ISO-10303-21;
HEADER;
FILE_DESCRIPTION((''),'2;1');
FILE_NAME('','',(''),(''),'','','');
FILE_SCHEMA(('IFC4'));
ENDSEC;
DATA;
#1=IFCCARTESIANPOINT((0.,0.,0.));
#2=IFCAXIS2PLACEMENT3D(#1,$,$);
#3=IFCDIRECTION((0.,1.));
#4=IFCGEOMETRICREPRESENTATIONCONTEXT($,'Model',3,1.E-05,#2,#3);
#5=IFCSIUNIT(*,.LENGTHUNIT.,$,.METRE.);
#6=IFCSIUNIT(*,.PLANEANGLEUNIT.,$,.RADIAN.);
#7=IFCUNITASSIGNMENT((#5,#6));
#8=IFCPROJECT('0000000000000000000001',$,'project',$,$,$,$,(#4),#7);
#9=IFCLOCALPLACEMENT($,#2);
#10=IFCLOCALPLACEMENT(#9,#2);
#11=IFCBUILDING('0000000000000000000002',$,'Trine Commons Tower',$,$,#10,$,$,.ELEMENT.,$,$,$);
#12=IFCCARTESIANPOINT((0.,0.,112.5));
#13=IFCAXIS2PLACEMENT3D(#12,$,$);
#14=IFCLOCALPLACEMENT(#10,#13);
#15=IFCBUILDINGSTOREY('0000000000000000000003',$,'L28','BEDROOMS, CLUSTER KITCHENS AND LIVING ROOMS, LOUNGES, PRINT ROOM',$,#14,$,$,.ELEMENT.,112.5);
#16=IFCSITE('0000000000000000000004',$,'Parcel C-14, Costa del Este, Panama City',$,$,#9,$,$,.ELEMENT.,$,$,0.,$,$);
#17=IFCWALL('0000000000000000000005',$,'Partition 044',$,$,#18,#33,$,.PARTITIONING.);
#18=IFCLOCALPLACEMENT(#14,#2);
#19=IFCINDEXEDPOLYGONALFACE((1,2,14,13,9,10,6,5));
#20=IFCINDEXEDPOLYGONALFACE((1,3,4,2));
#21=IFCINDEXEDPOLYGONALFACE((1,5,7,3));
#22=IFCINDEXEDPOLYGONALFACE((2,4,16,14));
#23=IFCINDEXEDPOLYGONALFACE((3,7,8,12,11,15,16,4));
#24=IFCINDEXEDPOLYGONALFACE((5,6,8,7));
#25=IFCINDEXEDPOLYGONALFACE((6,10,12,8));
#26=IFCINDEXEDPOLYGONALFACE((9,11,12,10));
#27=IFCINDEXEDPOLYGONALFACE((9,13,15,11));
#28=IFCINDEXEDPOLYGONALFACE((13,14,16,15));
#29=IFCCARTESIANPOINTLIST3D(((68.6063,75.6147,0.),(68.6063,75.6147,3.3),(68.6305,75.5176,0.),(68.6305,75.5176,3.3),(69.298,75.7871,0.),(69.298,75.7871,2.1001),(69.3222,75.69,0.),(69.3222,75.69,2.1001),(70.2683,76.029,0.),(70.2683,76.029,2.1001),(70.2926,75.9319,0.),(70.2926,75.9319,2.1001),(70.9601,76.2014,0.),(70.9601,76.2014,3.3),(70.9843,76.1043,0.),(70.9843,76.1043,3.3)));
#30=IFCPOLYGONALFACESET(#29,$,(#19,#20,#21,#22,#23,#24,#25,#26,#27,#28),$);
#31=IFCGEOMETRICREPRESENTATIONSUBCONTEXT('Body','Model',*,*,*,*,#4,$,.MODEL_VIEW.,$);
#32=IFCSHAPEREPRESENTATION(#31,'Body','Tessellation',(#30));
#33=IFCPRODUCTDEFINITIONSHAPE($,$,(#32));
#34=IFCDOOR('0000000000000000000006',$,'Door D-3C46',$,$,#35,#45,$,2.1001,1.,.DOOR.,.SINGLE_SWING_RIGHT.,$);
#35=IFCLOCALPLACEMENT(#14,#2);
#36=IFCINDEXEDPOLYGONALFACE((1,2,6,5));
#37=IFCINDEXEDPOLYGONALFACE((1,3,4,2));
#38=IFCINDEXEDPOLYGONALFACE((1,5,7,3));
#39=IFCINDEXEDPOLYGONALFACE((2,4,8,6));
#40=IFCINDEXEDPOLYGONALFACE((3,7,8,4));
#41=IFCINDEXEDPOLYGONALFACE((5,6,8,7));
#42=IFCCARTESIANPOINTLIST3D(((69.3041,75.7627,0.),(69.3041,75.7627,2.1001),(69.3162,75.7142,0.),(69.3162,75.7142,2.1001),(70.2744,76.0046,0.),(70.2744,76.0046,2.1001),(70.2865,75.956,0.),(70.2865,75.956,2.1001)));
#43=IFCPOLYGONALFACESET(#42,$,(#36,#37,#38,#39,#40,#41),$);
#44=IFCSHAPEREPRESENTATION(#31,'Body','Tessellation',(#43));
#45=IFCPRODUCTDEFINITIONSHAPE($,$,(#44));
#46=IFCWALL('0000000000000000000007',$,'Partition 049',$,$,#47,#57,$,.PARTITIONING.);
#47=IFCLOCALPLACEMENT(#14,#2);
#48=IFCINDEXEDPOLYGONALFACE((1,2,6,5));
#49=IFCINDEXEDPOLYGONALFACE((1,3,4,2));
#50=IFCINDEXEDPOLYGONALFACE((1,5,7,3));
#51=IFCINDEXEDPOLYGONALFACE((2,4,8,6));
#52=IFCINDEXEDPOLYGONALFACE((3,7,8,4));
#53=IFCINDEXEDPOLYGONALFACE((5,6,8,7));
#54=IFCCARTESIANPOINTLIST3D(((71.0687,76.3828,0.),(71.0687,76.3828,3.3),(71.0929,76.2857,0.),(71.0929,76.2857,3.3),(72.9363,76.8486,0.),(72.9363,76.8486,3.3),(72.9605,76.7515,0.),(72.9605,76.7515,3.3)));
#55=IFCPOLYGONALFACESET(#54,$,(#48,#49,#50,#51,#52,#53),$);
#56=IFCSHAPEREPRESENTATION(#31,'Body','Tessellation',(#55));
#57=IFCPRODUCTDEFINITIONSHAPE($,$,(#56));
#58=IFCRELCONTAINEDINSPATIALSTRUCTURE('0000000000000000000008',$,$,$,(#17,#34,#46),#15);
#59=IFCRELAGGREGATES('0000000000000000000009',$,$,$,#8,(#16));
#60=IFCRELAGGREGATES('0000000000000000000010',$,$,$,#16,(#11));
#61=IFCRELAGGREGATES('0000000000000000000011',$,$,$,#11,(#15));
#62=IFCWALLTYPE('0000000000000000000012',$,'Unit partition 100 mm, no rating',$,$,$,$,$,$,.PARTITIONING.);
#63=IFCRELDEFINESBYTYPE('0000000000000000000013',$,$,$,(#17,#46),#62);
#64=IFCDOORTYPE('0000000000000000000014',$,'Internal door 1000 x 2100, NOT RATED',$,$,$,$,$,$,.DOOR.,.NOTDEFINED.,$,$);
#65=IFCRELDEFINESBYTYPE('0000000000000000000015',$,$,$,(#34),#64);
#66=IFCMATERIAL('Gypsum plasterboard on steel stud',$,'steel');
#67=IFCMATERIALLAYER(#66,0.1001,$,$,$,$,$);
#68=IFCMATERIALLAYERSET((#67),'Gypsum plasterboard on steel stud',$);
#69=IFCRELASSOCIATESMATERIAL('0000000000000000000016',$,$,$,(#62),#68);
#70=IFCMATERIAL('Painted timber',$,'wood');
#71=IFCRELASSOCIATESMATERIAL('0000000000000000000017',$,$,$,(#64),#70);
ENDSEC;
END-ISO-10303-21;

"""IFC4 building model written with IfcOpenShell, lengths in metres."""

from ifc_helpers import new_model, si_unit, direction, frame, frame_2d, origin, place, context, subcontext, project, spatial, rectangle, extrude, material, layer, layer_set, type_object, element, fill, save


model = new_model("IFC4")

# Units and contexts
model_context = context("Model", 3, precision=1e-05, world=origin(), true_north=direction((0.0, 1.0)))
body_context = subcontext(model_context, "Body", "Model", "MODEL_VIEW")
ifc_project = project(units=[si_unit("LENGTHUNIT", "METRE"), si_unit("PLANEANGLEUNIT", "RADIAN")], contexts=[model_context])

# Site, building, storey
site_placement = place(None, origin())
site = spatial("IfcSite", under=ifc_project, at=site_placement, Name="Parcel C-14, Costa del Este, Panama City", CompositionType="ELEMENT", RefElevation=0.0)
building_placement = place(site_placement, origin())
building = spatial("IfcBuilding", under=site, at=building_placement, Name="Trine Commons Tower", CompositionType="ELEMENT")
storey_placement = place(building_placement, frame((0.0, 0.0, 112.5)))
storey = spatial("IfcBuildingStorey", under=building, at=storey_placement, Name="L28", Description="BEDROOMS, CLUSTER KITCHENS AND LIVING ROOMS, LOUNGES, PRINT ROOM", CompositionType="ELEMENT", Elevation=112.5)

# Shared definitions
ifc_material_1 = material(Name="Gypsum plasterboard on steel stud", Category="steel")

# Shared definitions
ifc_layer_1 = layer(ifc_material_1, 0.1001)
ifc_layer_set_1 = layer_set([ifc_layer_1], Name="Gypsum plasterboard on steel stud")
wall_type_1 = type_object("IfcWallType", Name="Unit partition 100 mm, no rating", PredefinedType="PARTITIONING", material=ifc_layer_set_1)

# Wall, opening, door
wall_1_placement = place(storey_placement, frame((68.6184, 75.5662, 0.0), z_axis=(0.0, 0.0, 1.0), x_axis=(0.970314, 0.241849, 0.0)))
wall_1 = element("IfcWall", 1, at=wall_1_placement, inside=storey, type_object=wall_type_1, Name="Partition 044", PredefinedType="PARTITIONING", context=body_context, shape_type="SweptSolid", body=[
    extrude(rectangle(XDim=2.4258, YDim=0.1001, at=frame_2d((1.2129, 0.0))), origin(), (0.0, 0.0, 1.0), 3.3),
])
opening_1_placement = place(wall_1_placement, frame((0.7129, 0.0, 0.0)))
opening_1 = element("IfcOpeningElement", 2, at=opening_1_placement, cuts=wall_1, PredefinedType="OPENING", context=body_context, shape_type="SweptSolid", body=[
    extrude(rectangle(XDim=1.0, YDim=2.1001, at=frame_2d((0.5, 1.05))), frame((0.0, 0.0601, 0.0), z_axis=(0.0, -1.0, 0.0), x_axis=(1.0, 0.0, 0.0)), (0.0, 0.0, 1.0), 0.1201),
])
ifc_material_2 = material(Name="Painted timber", Category="wood")
door_type_1 = type_object("IfcDoorType", Name="Internal door 1000 x 2100, NOT RATED", OperationType="NOTDEFINED", PredefinedType="DOOR", material=ifc_material_2)
door_1_placement = place(opening_1_placement, origin())
door_1 = element("IfcDoor", 3, at=door_1_placement, inside=storey, type_object=door_type_1, Name="Door D-3C46", OperationType="SINGLE_SWING_RIGHT", OverallHeight=2.1001, OverallWidth=1.0, PredefinedType="DOOR", context=body_context, shape_type="SweptSolid", body=[
    extrude(rectangle(XDim=1.0, YDim=2.1001, at=frame_2d((0.5, 1.05))), frame((0.0, 0.0249, 0.0), z_axis=(0.0, -1.0, 0.0), x_axis=(1.0, 0.0, 0.0)), (0.0, 0.0, 1.0), 0.05),
])
fill(opening_1, door_1)

# Wall
wall_2_placement = place(storey_placement, frame((71.0808, 76.3342, 0.0), z_axis=(0.0, 0.0, 1.0), x_axis=(0.970277, 0.241998, 0.0)))
element("IfcWall", 4, at=wall_2_placement, inside=storey, type_object=wall_type_1, Name="Partition 049", PredefinedType="PARTITIONING", context=body_context, shape_type="SweptSolid", body=[
    extrude(rectangle(XDim=1.9248, YDim=0.1001, at=frame_2d((0.9624, 0.0))), origin(), (0.0, 0.0, 1.0), 3.3),
])

save(model, "model.ifc")
